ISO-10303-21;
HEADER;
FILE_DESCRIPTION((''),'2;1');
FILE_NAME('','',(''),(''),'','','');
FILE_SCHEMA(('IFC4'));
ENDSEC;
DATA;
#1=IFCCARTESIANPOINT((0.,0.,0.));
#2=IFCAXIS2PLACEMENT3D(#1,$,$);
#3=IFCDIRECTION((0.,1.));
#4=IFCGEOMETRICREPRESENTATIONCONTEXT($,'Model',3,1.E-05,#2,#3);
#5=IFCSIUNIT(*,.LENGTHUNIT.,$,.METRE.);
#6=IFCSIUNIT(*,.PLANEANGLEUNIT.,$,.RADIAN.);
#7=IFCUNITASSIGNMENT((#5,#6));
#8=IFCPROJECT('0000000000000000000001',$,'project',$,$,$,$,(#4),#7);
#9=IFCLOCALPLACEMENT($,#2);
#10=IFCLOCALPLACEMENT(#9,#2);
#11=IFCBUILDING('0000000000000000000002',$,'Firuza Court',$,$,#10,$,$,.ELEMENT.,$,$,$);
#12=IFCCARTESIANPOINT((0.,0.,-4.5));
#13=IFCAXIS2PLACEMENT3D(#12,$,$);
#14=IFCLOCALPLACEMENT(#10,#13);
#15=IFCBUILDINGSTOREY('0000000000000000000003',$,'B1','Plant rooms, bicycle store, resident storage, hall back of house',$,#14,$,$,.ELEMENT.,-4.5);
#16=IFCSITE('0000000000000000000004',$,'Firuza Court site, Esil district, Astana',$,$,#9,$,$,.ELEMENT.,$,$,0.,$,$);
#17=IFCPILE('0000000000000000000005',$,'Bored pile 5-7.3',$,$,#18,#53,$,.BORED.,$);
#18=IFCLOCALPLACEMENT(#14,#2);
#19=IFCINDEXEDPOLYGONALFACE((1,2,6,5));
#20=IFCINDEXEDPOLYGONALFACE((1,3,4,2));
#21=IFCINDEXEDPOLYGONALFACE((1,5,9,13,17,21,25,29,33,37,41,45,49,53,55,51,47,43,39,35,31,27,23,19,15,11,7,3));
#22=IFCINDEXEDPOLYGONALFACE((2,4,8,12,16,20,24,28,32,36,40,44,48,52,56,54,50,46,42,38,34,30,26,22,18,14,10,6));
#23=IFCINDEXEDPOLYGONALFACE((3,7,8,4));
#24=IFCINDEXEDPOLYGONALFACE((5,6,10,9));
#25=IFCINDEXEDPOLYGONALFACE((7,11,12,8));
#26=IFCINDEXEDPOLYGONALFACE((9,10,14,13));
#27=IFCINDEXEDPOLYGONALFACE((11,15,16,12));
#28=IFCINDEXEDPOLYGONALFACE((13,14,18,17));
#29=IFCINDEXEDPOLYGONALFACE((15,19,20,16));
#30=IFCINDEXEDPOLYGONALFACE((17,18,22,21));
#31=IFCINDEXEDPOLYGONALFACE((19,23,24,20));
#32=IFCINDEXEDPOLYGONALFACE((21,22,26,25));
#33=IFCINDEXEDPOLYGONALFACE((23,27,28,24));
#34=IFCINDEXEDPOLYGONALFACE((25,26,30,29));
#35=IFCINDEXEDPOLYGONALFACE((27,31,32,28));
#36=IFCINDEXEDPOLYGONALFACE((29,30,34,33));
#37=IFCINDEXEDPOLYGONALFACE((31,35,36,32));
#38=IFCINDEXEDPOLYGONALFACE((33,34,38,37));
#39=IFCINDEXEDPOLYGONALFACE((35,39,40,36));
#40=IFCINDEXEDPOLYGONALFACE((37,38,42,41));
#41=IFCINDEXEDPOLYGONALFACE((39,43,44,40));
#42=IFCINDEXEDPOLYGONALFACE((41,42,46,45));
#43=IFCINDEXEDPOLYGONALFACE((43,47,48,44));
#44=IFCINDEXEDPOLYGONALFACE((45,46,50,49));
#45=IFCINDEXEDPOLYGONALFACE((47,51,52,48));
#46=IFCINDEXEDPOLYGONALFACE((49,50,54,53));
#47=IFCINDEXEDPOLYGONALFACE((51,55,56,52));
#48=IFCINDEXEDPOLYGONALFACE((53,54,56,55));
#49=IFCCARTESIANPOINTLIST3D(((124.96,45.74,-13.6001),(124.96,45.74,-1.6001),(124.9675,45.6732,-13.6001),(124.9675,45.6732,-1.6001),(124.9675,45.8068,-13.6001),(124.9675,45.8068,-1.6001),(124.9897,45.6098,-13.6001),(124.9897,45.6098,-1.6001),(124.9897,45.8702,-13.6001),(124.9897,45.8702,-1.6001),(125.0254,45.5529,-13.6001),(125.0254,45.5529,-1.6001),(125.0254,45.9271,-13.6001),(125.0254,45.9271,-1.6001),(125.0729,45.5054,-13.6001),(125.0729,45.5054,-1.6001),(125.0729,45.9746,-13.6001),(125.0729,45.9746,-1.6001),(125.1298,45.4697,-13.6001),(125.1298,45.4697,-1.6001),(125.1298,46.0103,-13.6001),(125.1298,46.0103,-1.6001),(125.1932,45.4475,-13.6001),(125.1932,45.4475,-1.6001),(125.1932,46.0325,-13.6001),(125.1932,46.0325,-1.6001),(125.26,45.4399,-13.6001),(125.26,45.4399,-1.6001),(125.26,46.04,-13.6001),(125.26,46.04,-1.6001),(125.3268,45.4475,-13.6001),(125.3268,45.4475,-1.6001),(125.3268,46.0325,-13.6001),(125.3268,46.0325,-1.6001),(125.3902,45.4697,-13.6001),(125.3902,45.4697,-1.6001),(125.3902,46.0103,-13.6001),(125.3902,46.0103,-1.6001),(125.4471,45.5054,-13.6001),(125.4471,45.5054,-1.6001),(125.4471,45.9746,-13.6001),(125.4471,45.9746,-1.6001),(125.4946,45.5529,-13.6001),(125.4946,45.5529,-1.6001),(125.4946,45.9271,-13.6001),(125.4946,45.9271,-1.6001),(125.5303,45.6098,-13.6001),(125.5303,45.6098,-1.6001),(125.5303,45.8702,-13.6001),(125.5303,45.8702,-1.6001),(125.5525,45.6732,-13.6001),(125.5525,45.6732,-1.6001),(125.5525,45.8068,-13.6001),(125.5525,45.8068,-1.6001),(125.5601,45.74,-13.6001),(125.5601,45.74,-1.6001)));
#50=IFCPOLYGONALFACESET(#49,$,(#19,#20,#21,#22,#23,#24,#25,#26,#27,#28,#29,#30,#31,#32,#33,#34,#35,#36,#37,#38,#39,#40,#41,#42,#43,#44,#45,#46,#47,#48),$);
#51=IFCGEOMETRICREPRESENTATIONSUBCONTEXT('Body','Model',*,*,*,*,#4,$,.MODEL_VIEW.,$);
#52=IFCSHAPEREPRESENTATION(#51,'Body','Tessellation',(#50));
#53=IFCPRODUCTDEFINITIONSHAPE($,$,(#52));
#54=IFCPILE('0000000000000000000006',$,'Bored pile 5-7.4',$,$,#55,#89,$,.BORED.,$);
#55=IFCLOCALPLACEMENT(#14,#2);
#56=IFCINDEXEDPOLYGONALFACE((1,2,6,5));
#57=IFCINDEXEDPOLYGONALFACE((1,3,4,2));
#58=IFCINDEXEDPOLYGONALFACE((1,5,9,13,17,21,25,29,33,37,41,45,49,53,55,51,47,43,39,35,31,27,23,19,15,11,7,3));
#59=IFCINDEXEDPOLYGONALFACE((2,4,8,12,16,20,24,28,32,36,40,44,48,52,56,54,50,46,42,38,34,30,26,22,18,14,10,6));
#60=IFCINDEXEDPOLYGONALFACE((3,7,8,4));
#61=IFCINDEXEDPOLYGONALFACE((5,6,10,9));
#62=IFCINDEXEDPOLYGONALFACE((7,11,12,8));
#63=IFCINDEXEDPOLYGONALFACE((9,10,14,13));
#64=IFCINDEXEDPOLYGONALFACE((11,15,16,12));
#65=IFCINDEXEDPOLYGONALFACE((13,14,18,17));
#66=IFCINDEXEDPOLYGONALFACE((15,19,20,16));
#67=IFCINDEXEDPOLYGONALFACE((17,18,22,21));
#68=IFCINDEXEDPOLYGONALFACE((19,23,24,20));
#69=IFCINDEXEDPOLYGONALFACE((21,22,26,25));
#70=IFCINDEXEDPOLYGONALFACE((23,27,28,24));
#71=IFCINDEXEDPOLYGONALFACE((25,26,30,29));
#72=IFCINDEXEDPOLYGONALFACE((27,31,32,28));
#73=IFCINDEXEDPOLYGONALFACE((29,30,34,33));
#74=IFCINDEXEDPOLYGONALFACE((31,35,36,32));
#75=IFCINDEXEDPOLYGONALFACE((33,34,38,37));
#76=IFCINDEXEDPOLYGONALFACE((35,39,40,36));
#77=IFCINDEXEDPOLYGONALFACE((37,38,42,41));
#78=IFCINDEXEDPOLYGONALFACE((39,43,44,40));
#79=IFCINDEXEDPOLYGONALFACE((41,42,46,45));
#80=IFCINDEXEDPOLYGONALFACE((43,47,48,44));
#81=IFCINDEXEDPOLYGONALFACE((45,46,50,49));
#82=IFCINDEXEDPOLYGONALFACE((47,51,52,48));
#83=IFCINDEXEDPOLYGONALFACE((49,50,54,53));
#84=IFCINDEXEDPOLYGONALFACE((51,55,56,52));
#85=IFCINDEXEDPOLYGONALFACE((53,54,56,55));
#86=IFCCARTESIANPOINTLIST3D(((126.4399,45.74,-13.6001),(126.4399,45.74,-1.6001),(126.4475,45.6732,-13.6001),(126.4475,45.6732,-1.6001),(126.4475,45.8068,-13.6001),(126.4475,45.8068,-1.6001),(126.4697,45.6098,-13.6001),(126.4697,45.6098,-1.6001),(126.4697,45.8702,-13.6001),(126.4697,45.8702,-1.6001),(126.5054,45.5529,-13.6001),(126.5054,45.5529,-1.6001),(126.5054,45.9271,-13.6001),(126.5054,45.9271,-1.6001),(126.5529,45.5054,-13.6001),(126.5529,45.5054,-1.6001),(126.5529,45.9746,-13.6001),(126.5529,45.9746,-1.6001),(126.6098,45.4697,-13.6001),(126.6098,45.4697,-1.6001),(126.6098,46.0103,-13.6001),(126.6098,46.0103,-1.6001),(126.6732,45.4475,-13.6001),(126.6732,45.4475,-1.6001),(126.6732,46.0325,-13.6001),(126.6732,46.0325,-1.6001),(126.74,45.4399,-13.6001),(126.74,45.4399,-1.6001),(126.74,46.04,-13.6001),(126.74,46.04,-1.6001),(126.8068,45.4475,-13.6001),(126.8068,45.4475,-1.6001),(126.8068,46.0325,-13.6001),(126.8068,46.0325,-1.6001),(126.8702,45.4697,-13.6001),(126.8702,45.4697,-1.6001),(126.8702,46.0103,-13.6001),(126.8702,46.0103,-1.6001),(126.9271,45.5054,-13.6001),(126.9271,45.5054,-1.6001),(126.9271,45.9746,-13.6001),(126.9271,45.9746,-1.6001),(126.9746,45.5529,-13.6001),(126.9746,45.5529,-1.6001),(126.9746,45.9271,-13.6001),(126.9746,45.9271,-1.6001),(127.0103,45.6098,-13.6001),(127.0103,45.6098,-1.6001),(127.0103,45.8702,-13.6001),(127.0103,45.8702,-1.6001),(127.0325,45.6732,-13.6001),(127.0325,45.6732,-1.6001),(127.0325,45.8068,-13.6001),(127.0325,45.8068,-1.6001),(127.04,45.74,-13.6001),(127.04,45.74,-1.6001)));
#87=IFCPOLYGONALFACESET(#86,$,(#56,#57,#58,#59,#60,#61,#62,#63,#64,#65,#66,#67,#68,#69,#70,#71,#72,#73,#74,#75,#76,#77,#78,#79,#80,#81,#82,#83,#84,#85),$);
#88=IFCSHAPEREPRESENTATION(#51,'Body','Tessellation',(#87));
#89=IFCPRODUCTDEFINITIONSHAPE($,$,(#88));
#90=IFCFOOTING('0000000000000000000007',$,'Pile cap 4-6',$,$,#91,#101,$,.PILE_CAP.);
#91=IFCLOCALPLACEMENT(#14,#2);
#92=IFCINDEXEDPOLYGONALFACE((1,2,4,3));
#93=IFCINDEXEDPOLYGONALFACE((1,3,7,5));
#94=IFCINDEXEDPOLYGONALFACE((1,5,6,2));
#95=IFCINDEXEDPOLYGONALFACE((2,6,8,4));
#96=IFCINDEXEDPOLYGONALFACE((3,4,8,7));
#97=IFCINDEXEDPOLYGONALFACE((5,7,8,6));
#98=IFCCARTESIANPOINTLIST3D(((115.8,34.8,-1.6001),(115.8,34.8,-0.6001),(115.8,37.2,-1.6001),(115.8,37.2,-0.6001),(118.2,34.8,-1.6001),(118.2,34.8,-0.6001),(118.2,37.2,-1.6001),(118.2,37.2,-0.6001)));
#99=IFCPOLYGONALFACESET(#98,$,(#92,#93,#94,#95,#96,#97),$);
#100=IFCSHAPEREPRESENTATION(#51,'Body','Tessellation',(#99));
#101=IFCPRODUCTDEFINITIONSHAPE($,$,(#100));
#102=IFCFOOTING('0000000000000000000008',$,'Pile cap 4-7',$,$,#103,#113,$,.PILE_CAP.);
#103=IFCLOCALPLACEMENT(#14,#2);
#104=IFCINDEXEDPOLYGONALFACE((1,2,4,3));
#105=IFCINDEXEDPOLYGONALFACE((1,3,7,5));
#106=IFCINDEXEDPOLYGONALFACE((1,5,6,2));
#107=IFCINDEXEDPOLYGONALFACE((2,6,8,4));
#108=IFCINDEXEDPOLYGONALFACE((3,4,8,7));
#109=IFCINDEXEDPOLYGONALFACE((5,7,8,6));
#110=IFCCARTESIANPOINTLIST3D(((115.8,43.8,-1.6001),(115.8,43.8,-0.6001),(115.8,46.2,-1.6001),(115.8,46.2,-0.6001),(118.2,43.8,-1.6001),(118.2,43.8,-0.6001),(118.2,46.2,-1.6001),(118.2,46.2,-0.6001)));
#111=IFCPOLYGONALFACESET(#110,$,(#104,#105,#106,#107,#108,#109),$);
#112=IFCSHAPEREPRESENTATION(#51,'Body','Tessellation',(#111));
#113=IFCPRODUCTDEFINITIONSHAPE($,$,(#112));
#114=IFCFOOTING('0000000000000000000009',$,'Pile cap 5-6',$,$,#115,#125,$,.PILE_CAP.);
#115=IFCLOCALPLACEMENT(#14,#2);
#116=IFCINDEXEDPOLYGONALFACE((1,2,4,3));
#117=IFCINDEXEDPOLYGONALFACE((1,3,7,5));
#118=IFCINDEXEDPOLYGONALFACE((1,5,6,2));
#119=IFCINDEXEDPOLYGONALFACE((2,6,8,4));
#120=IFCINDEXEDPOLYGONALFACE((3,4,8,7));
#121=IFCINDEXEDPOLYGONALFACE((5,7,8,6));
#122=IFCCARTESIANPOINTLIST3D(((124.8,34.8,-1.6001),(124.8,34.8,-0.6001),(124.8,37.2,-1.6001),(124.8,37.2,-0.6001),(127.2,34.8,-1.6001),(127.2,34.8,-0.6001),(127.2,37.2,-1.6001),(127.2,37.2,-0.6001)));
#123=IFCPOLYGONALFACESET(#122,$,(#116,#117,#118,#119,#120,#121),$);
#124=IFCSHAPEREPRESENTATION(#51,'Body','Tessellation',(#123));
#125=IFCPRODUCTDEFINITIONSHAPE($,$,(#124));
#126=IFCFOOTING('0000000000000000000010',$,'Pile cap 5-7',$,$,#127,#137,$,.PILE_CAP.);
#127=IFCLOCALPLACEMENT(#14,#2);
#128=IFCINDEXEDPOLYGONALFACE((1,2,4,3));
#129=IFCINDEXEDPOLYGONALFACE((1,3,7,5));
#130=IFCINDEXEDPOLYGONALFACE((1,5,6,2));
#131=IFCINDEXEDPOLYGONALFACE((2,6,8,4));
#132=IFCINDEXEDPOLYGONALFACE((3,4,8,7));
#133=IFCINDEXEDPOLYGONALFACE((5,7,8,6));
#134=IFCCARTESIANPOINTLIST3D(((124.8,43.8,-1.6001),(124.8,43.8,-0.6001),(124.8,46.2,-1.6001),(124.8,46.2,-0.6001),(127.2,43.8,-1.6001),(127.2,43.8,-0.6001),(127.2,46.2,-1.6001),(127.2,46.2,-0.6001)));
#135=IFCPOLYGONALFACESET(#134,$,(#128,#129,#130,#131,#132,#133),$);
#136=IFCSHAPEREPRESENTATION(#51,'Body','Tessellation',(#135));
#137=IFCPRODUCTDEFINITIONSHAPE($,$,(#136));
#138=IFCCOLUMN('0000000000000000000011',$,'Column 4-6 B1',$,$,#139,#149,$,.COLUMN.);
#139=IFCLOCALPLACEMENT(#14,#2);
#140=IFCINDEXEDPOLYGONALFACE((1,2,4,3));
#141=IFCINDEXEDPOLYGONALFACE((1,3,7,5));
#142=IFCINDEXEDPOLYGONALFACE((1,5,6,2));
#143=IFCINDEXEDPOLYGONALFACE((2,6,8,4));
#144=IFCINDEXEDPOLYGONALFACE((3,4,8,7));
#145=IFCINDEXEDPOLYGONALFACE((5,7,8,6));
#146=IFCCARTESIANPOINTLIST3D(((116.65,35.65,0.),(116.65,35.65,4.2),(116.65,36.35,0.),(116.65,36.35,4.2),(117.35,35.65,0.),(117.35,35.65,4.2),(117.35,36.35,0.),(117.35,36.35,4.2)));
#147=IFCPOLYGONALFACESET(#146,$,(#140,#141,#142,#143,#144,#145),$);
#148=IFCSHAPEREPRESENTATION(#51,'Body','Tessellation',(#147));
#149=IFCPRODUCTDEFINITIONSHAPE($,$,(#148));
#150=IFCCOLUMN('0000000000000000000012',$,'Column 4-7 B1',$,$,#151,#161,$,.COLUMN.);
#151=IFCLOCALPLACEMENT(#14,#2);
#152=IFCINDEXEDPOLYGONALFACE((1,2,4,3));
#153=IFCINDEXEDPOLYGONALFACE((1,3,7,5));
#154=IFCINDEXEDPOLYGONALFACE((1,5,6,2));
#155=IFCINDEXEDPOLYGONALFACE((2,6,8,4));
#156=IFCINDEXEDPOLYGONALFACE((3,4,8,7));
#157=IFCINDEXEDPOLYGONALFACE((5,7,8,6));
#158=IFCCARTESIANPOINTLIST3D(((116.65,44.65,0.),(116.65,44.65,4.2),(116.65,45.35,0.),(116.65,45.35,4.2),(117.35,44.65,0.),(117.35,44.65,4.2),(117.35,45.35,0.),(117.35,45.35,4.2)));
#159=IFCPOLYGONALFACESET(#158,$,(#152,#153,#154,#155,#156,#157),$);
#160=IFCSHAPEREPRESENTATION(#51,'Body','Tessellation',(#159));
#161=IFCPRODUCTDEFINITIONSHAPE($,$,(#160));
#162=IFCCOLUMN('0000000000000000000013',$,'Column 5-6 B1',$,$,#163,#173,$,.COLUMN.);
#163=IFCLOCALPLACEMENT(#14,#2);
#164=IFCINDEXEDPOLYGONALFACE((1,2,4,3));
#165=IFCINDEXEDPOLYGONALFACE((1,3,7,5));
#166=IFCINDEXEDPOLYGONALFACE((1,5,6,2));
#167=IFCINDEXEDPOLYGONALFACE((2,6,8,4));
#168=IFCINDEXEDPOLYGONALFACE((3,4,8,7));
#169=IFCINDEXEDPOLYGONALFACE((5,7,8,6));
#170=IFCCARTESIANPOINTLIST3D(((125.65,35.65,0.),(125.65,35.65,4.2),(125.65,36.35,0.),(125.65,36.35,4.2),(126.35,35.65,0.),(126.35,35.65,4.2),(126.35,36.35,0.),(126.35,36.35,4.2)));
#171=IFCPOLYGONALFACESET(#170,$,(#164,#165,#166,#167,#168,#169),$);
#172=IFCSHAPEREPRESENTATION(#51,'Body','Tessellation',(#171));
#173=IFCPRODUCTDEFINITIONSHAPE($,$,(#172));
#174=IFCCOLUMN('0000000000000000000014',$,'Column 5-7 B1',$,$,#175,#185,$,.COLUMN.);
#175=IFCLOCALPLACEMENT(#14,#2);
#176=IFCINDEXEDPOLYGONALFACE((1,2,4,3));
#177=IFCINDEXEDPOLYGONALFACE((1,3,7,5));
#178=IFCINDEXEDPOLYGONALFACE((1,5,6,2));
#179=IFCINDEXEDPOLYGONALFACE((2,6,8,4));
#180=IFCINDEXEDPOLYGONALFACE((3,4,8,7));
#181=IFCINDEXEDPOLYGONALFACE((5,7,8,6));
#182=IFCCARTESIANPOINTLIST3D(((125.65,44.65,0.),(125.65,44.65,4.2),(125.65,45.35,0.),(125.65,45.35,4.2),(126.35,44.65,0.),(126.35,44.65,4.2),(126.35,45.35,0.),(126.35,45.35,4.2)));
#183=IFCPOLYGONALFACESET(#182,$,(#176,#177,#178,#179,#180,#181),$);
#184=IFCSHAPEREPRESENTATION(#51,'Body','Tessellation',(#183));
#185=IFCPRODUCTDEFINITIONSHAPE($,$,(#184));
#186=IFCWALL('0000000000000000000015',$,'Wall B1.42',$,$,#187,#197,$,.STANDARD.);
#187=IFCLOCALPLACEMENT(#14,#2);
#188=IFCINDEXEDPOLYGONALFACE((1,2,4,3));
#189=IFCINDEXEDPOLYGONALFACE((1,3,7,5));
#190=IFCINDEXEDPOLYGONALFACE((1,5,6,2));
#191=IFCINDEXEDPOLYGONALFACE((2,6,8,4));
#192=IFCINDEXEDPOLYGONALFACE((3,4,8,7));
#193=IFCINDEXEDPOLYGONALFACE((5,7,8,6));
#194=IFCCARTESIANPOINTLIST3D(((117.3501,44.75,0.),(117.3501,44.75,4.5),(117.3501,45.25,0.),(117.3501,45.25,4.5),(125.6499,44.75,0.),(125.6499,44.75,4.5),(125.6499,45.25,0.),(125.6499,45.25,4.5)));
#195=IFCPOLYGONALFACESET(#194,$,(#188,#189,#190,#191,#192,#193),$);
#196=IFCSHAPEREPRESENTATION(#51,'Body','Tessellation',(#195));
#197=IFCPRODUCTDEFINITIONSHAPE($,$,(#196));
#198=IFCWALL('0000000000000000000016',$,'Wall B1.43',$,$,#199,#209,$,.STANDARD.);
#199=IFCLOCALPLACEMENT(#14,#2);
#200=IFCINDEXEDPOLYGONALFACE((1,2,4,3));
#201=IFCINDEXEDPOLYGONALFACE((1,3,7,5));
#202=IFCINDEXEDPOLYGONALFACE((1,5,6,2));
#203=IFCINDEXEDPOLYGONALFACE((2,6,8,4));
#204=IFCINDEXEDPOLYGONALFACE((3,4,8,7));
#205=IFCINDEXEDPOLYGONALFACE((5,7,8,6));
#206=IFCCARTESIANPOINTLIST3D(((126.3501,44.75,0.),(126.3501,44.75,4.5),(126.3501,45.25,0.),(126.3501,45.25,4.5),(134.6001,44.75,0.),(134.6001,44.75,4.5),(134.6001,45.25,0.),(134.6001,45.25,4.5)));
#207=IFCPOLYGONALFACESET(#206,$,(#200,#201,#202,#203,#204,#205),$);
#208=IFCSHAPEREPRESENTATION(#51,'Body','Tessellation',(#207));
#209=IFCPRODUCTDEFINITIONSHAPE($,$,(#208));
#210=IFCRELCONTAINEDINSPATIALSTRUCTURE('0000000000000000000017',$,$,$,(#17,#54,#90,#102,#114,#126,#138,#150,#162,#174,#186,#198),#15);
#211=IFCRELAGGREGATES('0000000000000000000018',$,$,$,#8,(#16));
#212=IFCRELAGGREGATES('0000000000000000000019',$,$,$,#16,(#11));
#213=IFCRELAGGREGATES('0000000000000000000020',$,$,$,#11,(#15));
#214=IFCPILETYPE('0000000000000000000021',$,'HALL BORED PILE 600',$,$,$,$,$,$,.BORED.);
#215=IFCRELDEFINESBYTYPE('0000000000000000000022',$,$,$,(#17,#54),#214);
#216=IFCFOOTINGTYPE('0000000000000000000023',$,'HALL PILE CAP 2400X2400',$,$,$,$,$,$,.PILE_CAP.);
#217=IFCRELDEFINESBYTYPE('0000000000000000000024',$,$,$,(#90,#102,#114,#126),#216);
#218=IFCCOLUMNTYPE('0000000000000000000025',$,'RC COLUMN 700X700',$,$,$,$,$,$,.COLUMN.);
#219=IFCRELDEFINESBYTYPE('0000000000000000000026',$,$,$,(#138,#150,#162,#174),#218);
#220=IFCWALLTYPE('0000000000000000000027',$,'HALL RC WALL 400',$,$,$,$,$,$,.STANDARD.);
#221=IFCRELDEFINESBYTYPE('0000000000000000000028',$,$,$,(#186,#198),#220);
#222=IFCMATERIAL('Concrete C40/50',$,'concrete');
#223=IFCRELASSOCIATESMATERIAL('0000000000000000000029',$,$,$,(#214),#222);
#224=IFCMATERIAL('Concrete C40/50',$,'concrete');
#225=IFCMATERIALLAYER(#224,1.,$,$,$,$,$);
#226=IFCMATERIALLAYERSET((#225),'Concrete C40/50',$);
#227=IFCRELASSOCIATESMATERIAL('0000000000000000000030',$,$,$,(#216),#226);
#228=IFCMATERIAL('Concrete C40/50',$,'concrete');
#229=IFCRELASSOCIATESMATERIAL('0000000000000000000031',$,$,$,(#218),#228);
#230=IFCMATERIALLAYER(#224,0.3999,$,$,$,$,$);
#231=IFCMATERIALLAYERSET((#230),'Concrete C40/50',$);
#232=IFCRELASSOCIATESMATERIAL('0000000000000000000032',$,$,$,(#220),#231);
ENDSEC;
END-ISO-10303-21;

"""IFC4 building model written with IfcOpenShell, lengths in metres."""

from ifc_helpers import new_model, si_unit, direction, frame, frame_2d, origin, origin_2d, place, context, subcontext, project, spatial, rectangle, circle, extrude, material, layer, layer_set, material_profile, profile_set, type_object, element, save


model = new_model("IFC4")

# Units and contexts
model_context = context("Model", 3, precision=1e-05, world=origin(), true_north=direction((0.0, 1.0)))
body_context = subcontext(model_context, "Body", "Model", "MODEL_VIEW")
ifc_project = project(units=[si_unit("LENGTHUNIT", "METRE"), si_unit("PLANEANGLEUNIT", "RADIAN")], contexts=[model_context])

# Site, building, storey
site_placement = place(None, origin())
site = spatial("IfcSite", under=ifc_project, at=site_placement, Name="Firuza Court site, Esil district, Astana", CompositionType="ELEMENT", RefElevation=0.0)
building_placement = place(site_placement, origin())
building = spatial("IfcBuilding", under=site, at=building_placement, Name="Firuza Court", CompositionType="ELEMENT")
storey_placement = place(building_placement, frame((0.0, 0.0, -4.5)))
storey = spatial("IfcBuildingStorey", under=building, at=storey_placement, Name="B1", Description="Plant rooms, bicycle store, resident storage, hall back of house", CompositionType="ELEMENT", Elevation=-4.5)

# Piles
ifc_material_1 = material(Name="Concrete C40/50", Category="concrete")
ifc_material_profile_1 = material_profile(ifc_material_1, circle(Radius=0.3, at=origin_2d()), Name="PILE 600")
ifc_profile_set_1 = profile_set([ifc_material_profile_1], Name="Concrete C40/50")
pile_type = type_object("IfcPileType", Name="HALL BORED PILE 600", PredefinedType="BORED", material=ifc_profile_set_1)
for number, where, z_axis, x_axis, name in (
    (1, (125.26, 45.74, -1.6001), (0.0, 0.0, -1.0), (1.0, 0.0, 0.0), "Bored pile 5-7.3"),
    (2, (126.74, 45.74, -1.6001), (0.0, 0.0, -1.0), (1.0, 0.0, 0.0), "Bored pile 5-7.4"),
):
    element("IfcPile", number, at=place(storey_placement, frame(where, z_axis=z_axis, x_axis=x_axis)), inside=storey, type_object=pile_type, Name=name, PredefinedType="BORED", context=body_context, shape_type="SweptSolid", body=[
        extrude(circle(Radius=0.3, at=origin_2d()), origin(), (0.0, 0.0, 1.0), 12.0),
    ])

# Footings
ifc_material_2 = material(Name="Concrete C40/50", Category="concrete")
ifc_layer_1 = layer(ifc_material_2, 1.0)
ifc_layer_set_1 = layer_set([ifc_layer_1], Name="Concrete C40/50")
footing_type = type_object("IfcFootingType", Name="HALL PILE CAP 2400X2400", PredefinedType="PILE_CAP", material=ifc_layer_set_1)
for number, where, z_axis, x_axis, name in (
    (3, (117.0, 36.0, -1.6001), (0.0, 0.0, 1.0), (1.0, 0.0, 0.0), "Pile cap 4-6"),
    (4, (117.0, 45.0, -1.6001), (0.0, 0.0, 1.0), (1.0, 0.0, 0.0), "Pile cap 4-7"),
    (5, (126.0, 36.0, -1.6001), (0.0, 0.0, 1.0), (1.0, 0.0, 0.0), "Pile cap 5-6"),
    (6, (126.0, 45.0, -1.6001), (0.0, 0.0, 1.0), (1.0, 0.0, 0.0), "Pile cap 5-7"),
):
    element("IfcFooting", number, at=place(storey_placement, frame(where, z_axis=z_axis, x_axis=x_axis)), inside=storey, type_object=footing_type, Name=name, PredefinedType="PILE_CAP", context=body_context, shape_type="SweptSolid", body=[
        extrude(rectangle(XDim=2.3999, YDim=2.3999, at=origin_2d()), origin(), (0.0, 0.0, 1.0), 1.0),
    ])

# Columns
ifc_material_3 = material(Name="Concrete C40/50", Category="concrete")
ifc_material_profile_2 = material_profile(ifc_material_3, rectangle(XDim=0.7, YDim=0.7, at=origin_2d()), Name="RC 700X700")
ifc_profile_set_2 = profile_set([ifc_material_profile_2], Name="Concrete C40/50")
column_type = type_object("IfcColumnType", Name="RC COLUMN 700X700", PredefinedType="COLUMN", material=ifc_profile_set_2)
for number, where, z_axis, x_axis, name in (
    (7, (117.0, 36.0, 0.0), (0.0, 0.0, 1.0), (1.0, 0.0, 0.0), "Column 4-6 B1"),
    (8, (117.0, 45.0, 0.0), (0.0, 0.0, 1.0), (1.0, 0.0, 0.0), "Column 4-7 B1"),
    (9, (126.0, 36.0, 0.0), (0.0, 0.0, 1.0), (1.0, 0.0, 0.0), "Column 5-6 B1"),
    (10, (126.0, 45.0, 0.0), (0.0, 0.0, 1.0), (1.0, 0.0, 0.0), "Column 5-7 B1"),
):
    element("IfcColumn", number, at=place(storey_placement, frame(where, z_axis=z_axis, x_axis=x_axis)), inside=storey, type_object=column_type, Name=name, PredefinedType="COLUMN", context=body_context, shape_type="SweptSolid", body=[
        extrude(rectangle(XDim=0.7, YDim=0.7, at=origin_2d()), origin(), (0.0, 0.0, 1.0), 4.2),
    ])

# Walls
ifc_layer_2 = layer(ifc_material_2, 0.3999)
ifc_layer_set_2 = layer_set([ifc_layer_2], Name="Concrete C40/50")
wall_type = type_object("IfcWallType", Name="HALL RC WALL 400", PredefinedType="STANDARD", material=ifc_layer_set_2)
wall_1_placement = place(storey_placement, frame((117.3501, 45.0, 0.0), z_axis=(0.0, 0.0, 1.0), x_axis=(1.0, 0.0, 0.0)))
element("IfcWall", 11, at=wall_1_placement, inside=storey, type_object=wall_type, Name="Wall B1.42", PredefinedType="STANDARD", context=body_context, shape_type="SweptSolid", body=[
    extrude(rectangle(XDim=8.2998, YDim=0.5, at=frame_2d((4.1499, 0.0))), origin(), (0.0, 0.0, 1.0), 4.5),
])
wall_2_placement = place(storey_placement, frame((126.3501, 45.0, 0.0), z_axis=(0.0, 0.0, 1.0), x_axis=(1.0, 0.0, 0.0)))
element("IfcWall", 12, at=wall_2_placement, inside=storey, type_object=wall_type, Name="Wall B1.43", PredefinedType="STANDARD", context=body_context, shape_type="SweptSolid", body=[
    extrude(rectangle(XDim=8.25, YDim=0.5, at=frame_2d((4.125, 0.0))), origin(), (0.0, 0.0, 1.0), 4.5),
])

save(model, "model.ifc")
